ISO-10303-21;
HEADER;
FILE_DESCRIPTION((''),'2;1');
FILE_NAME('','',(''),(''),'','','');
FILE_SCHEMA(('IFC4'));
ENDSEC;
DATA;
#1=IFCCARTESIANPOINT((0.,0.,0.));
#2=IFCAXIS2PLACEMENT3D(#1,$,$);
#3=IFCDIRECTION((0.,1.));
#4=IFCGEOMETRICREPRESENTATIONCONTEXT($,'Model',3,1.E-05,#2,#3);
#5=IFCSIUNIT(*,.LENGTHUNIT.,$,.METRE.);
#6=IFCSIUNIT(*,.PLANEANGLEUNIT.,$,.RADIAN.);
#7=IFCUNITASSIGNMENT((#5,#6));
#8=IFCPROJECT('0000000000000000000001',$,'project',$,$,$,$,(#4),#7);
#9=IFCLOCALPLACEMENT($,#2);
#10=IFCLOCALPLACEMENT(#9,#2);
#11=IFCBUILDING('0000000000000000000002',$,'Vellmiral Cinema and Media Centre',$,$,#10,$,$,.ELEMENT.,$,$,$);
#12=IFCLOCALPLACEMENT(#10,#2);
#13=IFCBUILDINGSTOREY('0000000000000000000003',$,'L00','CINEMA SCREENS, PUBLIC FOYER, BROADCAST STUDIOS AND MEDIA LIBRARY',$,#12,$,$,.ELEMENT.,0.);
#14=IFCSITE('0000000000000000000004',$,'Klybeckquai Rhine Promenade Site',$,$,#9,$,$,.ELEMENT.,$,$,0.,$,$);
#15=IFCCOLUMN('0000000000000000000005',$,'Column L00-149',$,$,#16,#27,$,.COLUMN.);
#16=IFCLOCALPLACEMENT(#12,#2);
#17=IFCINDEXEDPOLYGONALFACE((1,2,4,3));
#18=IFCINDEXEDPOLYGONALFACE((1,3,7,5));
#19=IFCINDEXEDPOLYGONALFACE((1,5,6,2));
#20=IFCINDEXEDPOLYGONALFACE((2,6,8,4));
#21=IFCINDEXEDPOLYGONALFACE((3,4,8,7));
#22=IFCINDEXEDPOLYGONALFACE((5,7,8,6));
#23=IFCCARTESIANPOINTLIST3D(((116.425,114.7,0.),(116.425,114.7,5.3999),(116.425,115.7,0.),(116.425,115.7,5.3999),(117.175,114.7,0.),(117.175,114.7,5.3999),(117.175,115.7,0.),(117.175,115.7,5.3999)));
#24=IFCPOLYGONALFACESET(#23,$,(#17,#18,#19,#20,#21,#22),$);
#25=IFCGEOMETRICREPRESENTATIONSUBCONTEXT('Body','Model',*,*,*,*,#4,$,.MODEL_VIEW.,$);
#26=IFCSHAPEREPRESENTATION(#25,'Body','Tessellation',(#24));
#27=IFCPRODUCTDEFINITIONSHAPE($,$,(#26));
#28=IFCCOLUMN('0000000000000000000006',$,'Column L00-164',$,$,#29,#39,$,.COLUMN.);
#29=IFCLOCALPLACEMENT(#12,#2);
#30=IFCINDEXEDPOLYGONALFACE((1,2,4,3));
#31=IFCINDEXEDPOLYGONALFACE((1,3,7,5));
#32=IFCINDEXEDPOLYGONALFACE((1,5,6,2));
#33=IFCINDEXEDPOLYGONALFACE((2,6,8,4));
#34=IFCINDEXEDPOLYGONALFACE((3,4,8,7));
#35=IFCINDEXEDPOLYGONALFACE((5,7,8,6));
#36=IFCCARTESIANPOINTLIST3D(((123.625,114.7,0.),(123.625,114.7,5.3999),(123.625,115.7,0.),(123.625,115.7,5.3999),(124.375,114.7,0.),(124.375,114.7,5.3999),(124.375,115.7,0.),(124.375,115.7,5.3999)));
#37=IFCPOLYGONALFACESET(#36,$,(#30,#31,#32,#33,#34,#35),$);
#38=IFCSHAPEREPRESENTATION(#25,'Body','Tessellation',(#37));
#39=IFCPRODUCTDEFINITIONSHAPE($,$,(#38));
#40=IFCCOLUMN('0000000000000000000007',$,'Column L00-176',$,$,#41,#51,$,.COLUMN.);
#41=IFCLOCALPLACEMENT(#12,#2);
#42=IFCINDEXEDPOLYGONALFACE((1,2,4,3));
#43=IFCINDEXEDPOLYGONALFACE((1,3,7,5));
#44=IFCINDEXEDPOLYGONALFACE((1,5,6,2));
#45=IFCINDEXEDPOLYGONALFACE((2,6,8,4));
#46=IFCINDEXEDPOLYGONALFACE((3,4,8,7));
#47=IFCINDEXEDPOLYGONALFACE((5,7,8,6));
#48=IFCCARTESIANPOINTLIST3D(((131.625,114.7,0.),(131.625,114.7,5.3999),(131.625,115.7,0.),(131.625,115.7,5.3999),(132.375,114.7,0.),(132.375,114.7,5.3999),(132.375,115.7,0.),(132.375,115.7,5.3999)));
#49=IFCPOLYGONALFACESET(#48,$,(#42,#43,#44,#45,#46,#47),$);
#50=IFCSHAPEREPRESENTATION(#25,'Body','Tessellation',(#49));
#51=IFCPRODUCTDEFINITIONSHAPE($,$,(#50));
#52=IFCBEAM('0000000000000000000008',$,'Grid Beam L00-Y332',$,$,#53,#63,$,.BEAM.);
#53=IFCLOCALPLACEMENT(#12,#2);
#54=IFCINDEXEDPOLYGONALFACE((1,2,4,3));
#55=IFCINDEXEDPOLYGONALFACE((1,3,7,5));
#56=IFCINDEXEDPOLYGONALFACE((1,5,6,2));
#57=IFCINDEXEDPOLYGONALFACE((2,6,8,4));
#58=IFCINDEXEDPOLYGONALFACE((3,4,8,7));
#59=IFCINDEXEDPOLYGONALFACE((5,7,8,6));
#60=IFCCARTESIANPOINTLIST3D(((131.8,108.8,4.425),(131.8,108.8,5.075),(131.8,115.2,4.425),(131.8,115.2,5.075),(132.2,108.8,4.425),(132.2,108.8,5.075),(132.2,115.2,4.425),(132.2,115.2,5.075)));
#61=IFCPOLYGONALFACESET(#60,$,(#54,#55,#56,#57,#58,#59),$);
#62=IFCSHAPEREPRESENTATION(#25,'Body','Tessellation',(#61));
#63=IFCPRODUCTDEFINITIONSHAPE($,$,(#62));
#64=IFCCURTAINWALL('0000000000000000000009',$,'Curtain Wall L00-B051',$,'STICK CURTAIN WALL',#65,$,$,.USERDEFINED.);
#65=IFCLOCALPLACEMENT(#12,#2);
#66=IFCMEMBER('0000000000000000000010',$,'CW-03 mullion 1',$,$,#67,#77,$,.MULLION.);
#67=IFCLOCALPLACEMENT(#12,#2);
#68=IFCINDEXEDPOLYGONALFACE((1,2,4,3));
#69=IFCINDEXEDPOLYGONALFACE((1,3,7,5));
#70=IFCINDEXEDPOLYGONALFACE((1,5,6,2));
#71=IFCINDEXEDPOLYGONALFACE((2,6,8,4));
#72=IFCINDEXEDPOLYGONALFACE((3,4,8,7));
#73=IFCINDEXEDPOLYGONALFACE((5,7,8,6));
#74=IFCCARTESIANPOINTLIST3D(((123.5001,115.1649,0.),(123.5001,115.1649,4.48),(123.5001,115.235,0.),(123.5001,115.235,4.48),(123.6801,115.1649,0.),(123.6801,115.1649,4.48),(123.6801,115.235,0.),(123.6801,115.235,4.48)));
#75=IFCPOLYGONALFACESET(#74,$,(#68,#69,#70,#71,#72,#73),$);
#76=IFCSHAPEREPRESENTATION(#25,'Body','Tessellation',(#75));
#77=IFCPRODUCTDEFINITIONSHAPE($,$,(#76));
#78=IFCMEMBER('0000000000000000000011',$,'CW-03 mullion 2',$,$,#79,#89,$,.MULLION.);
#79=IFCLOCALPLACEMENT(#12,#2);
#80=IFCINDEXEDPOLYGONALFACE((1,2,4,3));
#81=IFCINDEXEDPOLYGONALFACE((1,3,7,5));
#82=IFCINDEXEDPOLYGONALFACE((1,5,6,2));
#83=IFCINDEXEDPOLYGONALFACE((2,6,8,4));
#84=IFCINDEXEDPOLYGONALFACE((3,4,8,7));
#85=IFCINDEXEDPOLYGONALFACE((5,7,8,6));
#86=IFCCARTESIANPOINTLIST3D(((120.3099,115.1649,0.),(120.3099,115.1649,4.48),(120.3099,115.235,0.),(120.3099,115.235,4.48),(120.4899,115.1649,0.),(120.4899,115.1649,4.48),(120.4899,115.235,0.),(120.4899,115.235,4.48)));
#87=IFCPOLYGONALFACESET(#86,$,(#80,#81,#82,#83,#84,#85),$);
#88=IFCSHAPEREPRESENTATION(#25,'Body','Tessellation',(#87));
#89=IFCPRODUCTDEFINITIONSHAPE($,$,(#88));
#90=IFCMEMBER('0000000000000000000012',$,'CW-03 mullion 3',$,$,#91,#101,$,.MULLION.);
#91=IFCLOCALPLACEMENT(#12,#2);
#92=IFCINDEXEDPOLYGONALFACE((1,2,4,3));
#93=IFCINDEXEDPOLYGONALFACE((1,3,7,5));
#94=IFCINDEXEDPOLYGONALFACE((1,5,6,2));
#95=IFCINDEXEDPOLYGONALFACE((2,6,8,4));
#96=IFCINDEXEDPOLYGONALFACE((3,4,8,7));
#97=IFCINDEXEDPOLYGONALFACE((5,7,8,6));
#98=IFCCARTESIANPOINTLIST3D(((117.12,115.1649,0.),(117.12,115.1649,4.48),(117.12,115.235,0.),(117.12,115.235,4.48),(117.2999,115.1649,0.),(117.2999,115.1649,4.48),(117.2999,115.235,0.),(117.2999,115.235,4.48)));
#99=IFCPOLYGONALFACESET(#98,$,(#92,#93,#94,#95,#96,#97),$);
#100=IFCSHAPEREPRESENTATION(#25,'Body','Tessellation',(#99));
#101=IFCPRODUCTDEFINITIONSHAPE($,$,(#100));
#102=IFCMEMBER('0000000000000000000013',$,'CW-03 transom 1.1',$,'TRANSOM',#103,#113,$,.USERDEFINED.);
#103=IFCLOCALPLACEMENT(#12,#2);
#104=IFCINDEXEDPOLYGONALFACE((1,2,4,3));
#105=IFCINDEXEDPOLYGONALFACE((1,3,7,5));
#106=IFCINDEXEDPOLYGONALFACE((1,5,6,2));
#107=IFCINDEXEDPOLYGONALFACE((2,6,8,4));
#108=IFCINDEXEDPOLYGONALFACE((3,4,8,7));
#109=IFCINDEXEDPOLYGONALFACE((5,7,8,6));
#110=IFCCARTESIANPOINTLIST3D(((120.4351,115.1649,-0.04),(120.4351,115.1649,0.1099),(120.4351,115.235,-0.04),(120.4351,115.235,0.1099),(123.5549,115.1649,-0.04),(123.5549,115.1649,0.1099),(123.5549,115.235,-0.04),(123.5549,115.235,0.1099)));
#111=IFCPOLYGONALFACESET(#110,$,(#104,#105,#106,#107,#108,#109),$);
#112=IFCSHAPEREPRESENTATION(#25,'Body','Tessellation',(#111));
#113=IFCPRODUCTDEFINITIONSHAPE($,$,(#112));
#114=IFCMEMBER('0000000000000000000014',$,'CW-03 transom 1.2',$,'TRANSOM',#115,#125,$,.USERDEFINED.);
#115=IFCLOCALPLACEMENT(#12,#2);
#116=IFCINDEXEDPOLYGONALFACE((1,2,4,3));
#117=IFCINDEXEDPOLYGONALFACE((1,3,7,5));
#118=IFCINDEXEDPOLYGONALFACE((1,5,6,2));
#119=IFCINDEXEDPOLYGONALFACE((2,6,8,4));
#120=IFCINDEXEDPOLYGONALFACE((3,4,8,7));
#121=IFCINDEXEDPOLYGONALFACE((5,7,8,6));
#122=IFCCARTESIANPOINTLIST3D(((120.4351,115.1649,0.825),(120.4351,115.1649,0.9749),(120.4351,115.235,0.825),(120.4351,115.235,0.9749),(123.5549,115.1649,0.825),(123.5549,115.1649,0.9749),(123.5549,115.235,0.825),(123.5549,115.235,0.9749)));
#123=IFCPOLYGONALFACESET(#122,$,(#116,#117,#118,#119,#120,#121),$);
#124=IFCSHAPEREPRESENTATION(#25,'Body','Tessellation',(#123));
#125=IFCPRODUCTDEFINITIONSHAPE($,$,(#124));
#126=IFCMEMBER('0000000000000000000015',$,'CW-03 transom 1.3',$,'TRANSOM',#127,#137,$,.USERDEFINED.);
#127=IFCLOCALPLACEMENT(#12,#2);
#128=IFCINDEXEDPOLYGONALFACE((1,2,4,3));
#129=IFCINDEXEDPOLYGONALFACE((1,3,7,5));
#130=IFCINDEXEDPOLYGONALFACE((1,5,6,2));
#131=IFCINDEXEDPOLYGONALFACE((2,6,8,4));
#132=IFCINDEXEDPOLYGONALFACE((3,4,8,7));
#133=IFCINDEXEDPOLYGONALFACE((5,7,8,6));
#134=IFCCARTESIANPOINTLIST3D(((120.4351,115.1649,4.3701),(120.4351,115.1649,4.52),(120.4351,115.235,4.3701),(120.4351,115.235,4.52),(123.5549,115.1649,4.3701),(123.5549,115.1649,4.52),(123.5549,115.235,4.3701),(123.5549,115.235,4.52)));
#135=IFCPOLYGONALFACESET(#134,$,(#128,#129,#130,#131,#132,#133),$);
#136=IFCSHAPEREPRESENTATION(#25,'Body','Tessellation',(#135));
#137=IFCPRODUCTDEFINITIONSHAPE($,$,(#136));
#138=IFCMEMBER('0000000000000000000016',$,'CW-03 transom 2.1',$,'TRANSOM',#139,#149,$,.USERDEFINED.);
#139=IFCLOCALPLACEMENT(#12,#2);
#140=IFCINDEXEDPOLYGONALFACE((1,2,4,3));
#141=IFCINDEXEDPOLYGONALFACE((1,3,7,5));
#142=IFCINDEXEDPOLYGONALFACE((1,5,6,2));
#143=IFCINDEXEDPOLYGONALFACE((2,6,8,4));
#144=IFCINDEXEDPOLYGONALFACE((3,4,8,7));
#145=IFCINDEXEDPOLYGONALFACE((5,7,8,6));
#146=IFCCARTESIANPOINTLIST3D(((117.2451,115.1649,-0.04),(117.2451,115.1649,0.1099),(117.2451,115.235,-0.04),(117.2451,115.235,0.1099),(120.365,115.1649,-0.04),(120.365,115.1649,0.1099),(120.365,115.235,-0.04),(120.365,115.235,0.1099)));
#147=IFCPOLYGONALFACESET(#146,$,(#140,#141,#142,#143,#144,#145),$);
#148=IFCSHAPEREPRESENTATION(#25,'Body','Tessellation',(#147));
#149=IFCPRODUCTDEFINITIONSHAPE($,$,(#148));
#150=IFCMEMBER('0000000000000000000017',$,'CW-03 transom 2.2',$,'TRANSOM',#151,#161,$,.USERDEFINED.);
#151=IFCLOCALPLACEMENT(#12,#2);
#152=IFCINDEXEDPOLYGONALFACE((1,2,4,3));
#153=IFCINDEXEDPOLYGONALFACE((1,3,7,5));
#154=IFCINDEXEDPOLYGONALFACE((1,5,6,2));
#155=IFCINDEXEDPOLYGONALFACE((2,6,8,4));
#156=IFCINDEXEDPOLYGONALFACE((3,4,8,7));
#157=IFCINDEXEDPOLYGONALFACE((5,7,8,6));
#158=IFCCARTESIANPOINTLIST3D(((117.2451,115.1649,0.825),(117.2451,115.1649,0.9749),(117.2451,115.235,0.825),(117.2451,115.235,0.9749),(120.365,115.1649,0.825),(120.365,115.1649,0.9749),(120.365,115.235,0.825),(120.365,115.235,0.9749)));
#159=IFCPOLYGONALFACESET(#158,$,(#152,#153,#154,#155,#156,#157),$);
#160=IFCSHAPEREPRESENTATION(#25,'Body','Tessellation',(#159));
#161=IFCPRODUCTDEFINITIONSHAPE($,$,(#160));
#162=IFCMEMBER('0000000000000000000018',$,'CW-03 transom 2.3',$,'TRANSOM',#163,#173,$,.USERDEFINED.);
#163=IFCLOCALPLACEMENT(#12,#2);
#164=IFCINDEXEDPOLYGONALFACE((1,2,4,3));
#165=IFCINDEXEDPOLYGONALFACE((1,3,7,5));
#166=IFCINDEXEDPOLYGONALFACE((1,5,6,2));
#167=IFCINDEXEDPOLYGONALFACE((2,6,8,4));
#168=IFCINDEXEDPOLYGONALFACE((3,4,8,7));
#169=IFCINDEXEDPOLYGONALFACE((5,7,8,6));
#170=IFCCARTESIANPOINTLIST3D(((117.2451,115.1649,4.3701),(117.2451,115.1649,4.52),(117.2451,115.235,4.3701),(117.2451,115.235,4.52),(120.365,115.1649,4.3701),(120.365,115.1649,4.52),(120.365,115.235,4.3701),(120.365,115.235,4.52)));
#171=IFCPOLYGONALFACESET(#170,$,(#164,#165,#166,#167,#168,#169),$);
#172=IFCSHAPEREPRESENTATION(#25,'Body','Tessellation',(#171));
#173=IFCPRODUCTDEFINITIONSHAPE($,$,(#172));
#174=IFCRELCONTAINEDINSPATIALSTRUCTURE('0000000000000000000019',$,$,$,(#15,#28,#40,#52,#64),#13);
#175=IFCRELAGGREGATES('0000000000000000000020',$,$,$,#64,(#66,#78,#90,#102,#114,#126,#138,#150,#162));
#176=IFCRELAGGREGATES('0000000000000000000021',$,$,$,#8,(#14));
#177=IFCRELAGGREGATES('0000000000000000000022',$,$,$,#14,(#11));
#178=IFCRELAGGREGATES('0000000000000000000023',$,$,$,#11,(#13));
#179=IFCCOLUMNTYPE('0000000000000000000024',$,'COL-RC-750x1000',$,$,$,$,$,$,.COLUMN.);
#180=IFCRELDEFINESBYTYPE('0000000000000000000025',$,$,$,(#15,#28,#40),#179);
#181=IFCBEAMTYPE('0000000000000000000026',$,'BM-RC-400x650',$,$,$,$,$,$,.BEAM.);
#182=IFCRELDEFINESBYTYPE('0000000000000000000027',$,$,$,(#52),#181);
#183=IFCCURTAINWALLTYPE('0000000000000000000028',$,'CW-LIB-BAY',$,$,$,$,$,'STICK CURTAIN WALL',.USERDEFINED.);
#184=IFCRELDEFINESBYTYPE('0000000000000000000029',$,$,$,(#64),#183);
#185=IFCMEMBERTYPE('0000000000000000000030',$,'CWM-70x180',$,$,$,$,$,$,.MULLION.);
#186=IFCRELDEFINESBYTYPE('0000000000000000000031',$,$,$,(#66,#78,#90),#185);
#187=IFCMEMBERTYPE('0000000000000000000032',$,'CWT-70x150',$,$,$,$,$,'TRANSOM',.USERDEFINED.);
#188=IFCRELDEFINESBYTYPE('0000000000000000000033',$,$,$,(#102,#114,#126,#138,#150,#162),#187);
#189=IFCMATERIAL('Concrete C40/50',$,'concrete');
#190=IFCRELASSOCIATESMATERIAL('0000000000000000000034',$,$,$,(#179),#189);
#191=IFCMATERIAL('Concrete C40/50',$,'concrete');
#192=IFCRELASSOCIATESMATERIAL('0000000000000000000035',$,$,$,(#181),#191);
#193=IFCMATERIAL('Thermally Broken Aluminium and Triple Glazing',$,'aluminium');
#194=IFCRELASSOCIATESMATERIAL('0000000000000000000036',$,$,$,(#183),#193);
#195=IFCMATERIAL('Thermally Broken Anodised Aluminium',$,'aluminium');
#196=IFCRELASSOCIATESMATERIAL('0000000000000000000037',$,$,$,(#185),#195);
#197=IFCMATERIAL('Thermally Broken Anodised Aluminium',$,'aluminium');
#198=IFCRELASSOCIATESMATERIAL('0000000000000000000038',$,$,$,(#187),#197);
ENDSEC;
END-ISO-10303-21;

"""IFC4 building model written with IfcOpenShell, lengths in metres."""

from ifc_helpers import new_model, si_unit, direction, frame, origin, origin_2d, place, context, subcontext, project, spatial, rectangle, extrude, material, material_profile, profile_set, type_object, element, aggregate, save


model = new_model("IFC4")

# Units and contexts
model_context = context("Model", 3, precision=1e-05, world=origin(), true_north=direction((0.0, 1.0)))
body_context = subcontext(model_context, "Body", "Model", "MODEL_VIEW")
ifc_project = project(units=[si_unit("LENGTHUNIT", "METRE"), si_unit("PLANEANGLEUNIT", "RADIAN")], contexts=[model_context])

# Site, building, storey
site_placement = place(None, origin())
site = spatial("IfcSite", under=ifc_project, at=site_placement, Name="Klybeckquai Rhine Promenade Site", CompositionType="ELEMENT", RefElevation=0.0)
building_placement = place(site_placement, origin())
building = spatial("IfcBuilding", under=site, at=building_placement, Name="Vellmiral Cinema and Media Centre", CompositionType="ELEMENT")
storey_placement = place(building_placement, origin())
storey = spatial("IfcBuildingStorey", under=building, at=storey_placement, Name="L00", Description="CINEMA SCREENS, PUBLIC FOYER, BROADCAST STUDIOS AND MEDIA LIBRARY", CompositionType="ELEMENT", Elevation=0.0)

# Columns
ifc_material_1 = material(Name="Concrete C40/50", Category="concrete")
ifc_material_profile_1 = material_profile(ifc_material_1, rectangle(XDim=0.75, YDim=1.0, at=origin_2d()), Name="RC 750x1000")
ifc_profile_set_1 = profile_set([ifc_material_profile_1], Name="Concrete C40/50")
column_type = type_object("IfcColumnType", Name="COL-RC-750x1000", PredefinedType="COLUMN", material=ifc_profile_set_1)
for number, where, z_axis, x_axis, name in (
    (1, (116.8, 115.2, 0.0), (0.0, 0.0, 1.0), (1.0, 0.0, 0.0), "Column L00-149"),
    (2, (124.0, 115.2, 0.0), (0.0, 0.0, 1.0), (1.0, 0.0, 0.0), "Column L00-164"),
    (3, (132.0, 115.2, 0.0), (0.0, 0.0, 1.0), (1.0, 0.0, 0.0), "Column L00-176"),
):
    element("IfcColumn", number, at=place(storey_placement, frame(where, z_axis=z_axis, x_axis=x_axis)), inside=storey, type_object=column_type, Name=name, PredefinedType="COLUMN", context=body_context, shape_type="SweptSolid", body=[
        extrude(rectangle(XDim=0.75, YDim=1.0, at=origin_2d()), origin(), (0.0, 0.0, 1.0), 5.3999),
    ])

# Beam
ifc_material_2 = material(Name="Concrete C40/50", Category="concrete")
ifc_material_profile_2 = material_profile(ifc_material_2, rectangle(XDim=0.3999, YDim=0.6499, at=origin_2d()), Name="RC 400x650")
ifc_profile_set_2 = profile_set([ifc_material_profile_2], Name="Concrete C40/50")
beam_type_1 = type_object("IfcBeamType", Name="BM-RC-400x650", PredefinedType="BEAM", material=ifc_profile_set_2)
beam_1_placement = place(storey_placement, frame((132.0, 108.8, 4.75), z_axis=(0.0, 1.0, 0.0), x_axis=(-1.0, 0.0, 0.0)))
element("IfcBeam", 4, at=beam_1_placement, inside=storey, type_object=beam_type_1, Name="Grid Beam L00-Y332", PredefinedType="BEAM", context=body_context, shape_type="SweptSolid", body=[
    extrude(rectangle(XDim=0.3999, YDim=0.6499, at=origin_2d()), origin(), (0.0, 0.0, 1.0), 6.3999),
])

# Curtain wall, members
ifc_material_3 = material(Name="Thermally Broken Aluminium and Triple Glazing", Category="aluminium")
curtain_wall_type = type_object("IfcCurtainWallType", Name="CW-LIB-BAY", ElementType="STICK CURTAIN WALL", PredefinedType="USERDEFINED", material=ifc_material_3)
curtain_wall_placement = place(storey_placement, origin())
curtain_wall = element("IfcCurtainWall", 5, at=curtain_wall_placement, inside=storey, type_object=curtain_wall_type, Name="Curtain Wall L00-B051", ObjectType="STICK CURTAIN WALL", PredefinedType="USERDEFINED")
ifc_material_4 = material(Name="Thermally Broken Anodised Aluminium", Category="aluminium")
ifc_material_profile_3 = material_profile(ifc_material_4, rectangle(XDim=0.0701, YDim=0.1799, at=origin_2d()), Name="MULL 70x180")
ifc_profile_set_3 = profile_set([ifc_material_profile_3], Name="Thermally Broken Anodised Aluminium")
member_type_1 = type_object("IfcMemberType", Name="CWM-70x180", PredefinedType="MULLION", material=ifc_profile_set_3)
member_1_placement = place(storey_placement, frame((123.5901, 115.2, 0.0), z_axis=(0.0, 0.0, 1.0), x_axis=(0.0, -1.0, 0.0)))
member_1 = element("IfcMember", 6, at=member_1_placement, type_object=member_type_1, Name="CW-03 mullion 1", PredefinedType="MULLION", context=body_context, shape_type="SweptSolid", body=[
    extrude(rectangle(XDim=0.0701, YDim=0.1799, at=origin_2d()), origin(), (0.0, 0.0, 1.0), 4.48),
])
member_2_placement = place(storey_placement, frame((120.3999, 115.2, 0.0), z_axis=(0.0, 0.0, 1.0), x_axis=(0.0, -1.0, 0.0)))
member_2 = element("IfcMember", 7, at=member_2_placement, type_object=member_type_1, Name="CW-03 mullion 2", PredefinedType="MULLION", context=body_context, shape_type="SweptSolid", body=[
    extrude(rectangle(XDim=0.0701, YDim=0.1799, at=origin_2d()), origin(), (0.0, 0.0, 1.0), 4.48),
])
member_3_placement = place(storey_placement, frame((117.21, 115.2, 0.0), z_axis=(0.0, 0.0, 1.0), x_axis=(0.0, -1.0, 0.0)))
member_3 = element("IfcMember", 8, at=member_3_placement, type_object=member_type_1, Name="CW-03 mullion 3", PredefinedType="MULLION", context=body_context, shape_type="SweptSolid", body=[
    extrude(rectangle(XDim=0.0701, YDim=0.1799, at=origin_2d()), origin(), (0.0, 0.0, 1.0), 4.48),
])
ifc_material_5 = material(Name="Thermally Broken Anodised Aluminium", Category="aluminium")
ifc_material_profile_4 = material_profile(ifc_material_5, rectangle(XDim=0.0701, YDim=0.1499, at=origin_2d()), Name="MULL 70x150")
ifc_profile_set_4 = profile_set([ifc_material_profile_4], Name="Thermally Broken Anodised Aluminium")
member_type_2 = type_object("IfcMemberType", Name="CWT-70x150", ElementType="TRANSOM", PredefinedType="USERDEFINED", material=ifc_profile_set_4)
member_4_placement = place(storey_placement, frame((123.5549, 115.2, 0.0349), z_axis=(-1.0, 0.0, 0.0), x_axis=(0.0, -1.0, 0.0)))
member_4 = element("IfcMember", 9, at=member_4_placement, type_object=member_type_2, Name="CW-03 transom 1.1", ObjectType="TRANSOM", PredefinedType="USERDEFINED", context=body_context, shape_type="SweptSolid", body=[
    extrude(rectangle(XDim=0.0701, YDim=0.1499, at=origin_2d()), origin(), (0.0, 0.0, 1.0), 3.1199),
])
member_5_placement = place(storey_placement, frame((123.5549, 115.2, 0.8999), z_axis=(-1.0, 0.0, 0.0), x_axis=(0.0, -1.0, 0.0)))
member_5 = element("IfcMember", 10, at=member_5_placement, type_object=member_type_2, Name="CW-03 transom 1.2", ObjectType="TRANSOM", PredefinedType="USERDEFINED", context=body_context, shape_type="SweptSolid", body=[
    extrude(rectangle(XDim=0.0701, YDim=0.1499, at=origin_2d()), origin(), (0.0, 0.0, 1.0), 3.1199),
])
member_6_placement = place(storey_placement, frame((123.5549, 115.2, 4.4451), z_axis=(-1.0, 0.0, 0.0), x_axis=(0.0, -1.0, 0.0)))
member_6 = element("IfcMember", 11, at=member_6_placement, type_object=member_type_2, Name="CW-03 transom 1.3", ObjectType="TRANSOM", PredefinedType="USERDEFINED", context=body_context, shape_type="SweptSolid", body=[
    extrude(rectangle(XDim=0.0701, YDim=0.1499, at=origin_2d()), origin(), (0.0, 0.0, 1.0), 3.1199),
])
member_7_placement = place(storey_placement, frame((120.365, 115.2, 0.0349), z_axis=(-1.0, 0.0, 0.0), x_axis=(0.0, -1.0, 0.0)))
member_7 = element("IfcMember", 12, at=member_7_placement, type_object=member_type_2, Name="CW-03 transom 2.1", ObjectType="TRANSOM", PredefinedType="USERDEFINED", context=body_context, shape_type="SweptSolid", body=[
    extrude(rectangle(XDim=0.0701, YDim=0.1499, at=origin_2d()), origin(), (0.0, 0.0, 1.0), 3.1199),
])
member_8_placement = place(storey_placement, frame((120.365, 115.2, 0.8999), z_axis=(-1.0, 0.0, 0.0), x_axis=(0.0, -1.0, 0.0)))
member_8 = element("IfcMember", 13, at=member_8_placement, type_object=member_type_2, Name="CW-03 transom 2.2", ObjectType="TRANSOM", PredefinedType="USERDEFINED", context=body_context, shape_type="SweptSolid", body=[
    extrude(rectangle(XDim=0.0701, YDim=0.1499, at=origin_2d()), origin(), (0.0, 0.0, 1.0), 3.1199),
])
member_9_placement = place(storey_placement, frame((120.365, 115.2, 4.4451), z_axis=(-1.0, 0.0, 0.0), x_axis=(0.0, -1.0, 0.0)))
member_9 = element("IfcMember", 14, at=member_9_placement, type_object=member_type_2, Name="CW-03 transom 2.3", ObjectType="TRANSOM", PredefinedType="USERDEFINED", context=body_context, shape_type="SweptSolid", body=[
    extrude(rectangle(XDim=0.0701, YDim=0.1499, at=origin_2d()), origin(), (0.0, 0.0, 1.0), 3.1199),
])

aggregate(curtain_wall, [member_1, member_2, member_3, member_4, member_5, member_6, member_7, member_8, member_9])

save(model, "model.ifc")
